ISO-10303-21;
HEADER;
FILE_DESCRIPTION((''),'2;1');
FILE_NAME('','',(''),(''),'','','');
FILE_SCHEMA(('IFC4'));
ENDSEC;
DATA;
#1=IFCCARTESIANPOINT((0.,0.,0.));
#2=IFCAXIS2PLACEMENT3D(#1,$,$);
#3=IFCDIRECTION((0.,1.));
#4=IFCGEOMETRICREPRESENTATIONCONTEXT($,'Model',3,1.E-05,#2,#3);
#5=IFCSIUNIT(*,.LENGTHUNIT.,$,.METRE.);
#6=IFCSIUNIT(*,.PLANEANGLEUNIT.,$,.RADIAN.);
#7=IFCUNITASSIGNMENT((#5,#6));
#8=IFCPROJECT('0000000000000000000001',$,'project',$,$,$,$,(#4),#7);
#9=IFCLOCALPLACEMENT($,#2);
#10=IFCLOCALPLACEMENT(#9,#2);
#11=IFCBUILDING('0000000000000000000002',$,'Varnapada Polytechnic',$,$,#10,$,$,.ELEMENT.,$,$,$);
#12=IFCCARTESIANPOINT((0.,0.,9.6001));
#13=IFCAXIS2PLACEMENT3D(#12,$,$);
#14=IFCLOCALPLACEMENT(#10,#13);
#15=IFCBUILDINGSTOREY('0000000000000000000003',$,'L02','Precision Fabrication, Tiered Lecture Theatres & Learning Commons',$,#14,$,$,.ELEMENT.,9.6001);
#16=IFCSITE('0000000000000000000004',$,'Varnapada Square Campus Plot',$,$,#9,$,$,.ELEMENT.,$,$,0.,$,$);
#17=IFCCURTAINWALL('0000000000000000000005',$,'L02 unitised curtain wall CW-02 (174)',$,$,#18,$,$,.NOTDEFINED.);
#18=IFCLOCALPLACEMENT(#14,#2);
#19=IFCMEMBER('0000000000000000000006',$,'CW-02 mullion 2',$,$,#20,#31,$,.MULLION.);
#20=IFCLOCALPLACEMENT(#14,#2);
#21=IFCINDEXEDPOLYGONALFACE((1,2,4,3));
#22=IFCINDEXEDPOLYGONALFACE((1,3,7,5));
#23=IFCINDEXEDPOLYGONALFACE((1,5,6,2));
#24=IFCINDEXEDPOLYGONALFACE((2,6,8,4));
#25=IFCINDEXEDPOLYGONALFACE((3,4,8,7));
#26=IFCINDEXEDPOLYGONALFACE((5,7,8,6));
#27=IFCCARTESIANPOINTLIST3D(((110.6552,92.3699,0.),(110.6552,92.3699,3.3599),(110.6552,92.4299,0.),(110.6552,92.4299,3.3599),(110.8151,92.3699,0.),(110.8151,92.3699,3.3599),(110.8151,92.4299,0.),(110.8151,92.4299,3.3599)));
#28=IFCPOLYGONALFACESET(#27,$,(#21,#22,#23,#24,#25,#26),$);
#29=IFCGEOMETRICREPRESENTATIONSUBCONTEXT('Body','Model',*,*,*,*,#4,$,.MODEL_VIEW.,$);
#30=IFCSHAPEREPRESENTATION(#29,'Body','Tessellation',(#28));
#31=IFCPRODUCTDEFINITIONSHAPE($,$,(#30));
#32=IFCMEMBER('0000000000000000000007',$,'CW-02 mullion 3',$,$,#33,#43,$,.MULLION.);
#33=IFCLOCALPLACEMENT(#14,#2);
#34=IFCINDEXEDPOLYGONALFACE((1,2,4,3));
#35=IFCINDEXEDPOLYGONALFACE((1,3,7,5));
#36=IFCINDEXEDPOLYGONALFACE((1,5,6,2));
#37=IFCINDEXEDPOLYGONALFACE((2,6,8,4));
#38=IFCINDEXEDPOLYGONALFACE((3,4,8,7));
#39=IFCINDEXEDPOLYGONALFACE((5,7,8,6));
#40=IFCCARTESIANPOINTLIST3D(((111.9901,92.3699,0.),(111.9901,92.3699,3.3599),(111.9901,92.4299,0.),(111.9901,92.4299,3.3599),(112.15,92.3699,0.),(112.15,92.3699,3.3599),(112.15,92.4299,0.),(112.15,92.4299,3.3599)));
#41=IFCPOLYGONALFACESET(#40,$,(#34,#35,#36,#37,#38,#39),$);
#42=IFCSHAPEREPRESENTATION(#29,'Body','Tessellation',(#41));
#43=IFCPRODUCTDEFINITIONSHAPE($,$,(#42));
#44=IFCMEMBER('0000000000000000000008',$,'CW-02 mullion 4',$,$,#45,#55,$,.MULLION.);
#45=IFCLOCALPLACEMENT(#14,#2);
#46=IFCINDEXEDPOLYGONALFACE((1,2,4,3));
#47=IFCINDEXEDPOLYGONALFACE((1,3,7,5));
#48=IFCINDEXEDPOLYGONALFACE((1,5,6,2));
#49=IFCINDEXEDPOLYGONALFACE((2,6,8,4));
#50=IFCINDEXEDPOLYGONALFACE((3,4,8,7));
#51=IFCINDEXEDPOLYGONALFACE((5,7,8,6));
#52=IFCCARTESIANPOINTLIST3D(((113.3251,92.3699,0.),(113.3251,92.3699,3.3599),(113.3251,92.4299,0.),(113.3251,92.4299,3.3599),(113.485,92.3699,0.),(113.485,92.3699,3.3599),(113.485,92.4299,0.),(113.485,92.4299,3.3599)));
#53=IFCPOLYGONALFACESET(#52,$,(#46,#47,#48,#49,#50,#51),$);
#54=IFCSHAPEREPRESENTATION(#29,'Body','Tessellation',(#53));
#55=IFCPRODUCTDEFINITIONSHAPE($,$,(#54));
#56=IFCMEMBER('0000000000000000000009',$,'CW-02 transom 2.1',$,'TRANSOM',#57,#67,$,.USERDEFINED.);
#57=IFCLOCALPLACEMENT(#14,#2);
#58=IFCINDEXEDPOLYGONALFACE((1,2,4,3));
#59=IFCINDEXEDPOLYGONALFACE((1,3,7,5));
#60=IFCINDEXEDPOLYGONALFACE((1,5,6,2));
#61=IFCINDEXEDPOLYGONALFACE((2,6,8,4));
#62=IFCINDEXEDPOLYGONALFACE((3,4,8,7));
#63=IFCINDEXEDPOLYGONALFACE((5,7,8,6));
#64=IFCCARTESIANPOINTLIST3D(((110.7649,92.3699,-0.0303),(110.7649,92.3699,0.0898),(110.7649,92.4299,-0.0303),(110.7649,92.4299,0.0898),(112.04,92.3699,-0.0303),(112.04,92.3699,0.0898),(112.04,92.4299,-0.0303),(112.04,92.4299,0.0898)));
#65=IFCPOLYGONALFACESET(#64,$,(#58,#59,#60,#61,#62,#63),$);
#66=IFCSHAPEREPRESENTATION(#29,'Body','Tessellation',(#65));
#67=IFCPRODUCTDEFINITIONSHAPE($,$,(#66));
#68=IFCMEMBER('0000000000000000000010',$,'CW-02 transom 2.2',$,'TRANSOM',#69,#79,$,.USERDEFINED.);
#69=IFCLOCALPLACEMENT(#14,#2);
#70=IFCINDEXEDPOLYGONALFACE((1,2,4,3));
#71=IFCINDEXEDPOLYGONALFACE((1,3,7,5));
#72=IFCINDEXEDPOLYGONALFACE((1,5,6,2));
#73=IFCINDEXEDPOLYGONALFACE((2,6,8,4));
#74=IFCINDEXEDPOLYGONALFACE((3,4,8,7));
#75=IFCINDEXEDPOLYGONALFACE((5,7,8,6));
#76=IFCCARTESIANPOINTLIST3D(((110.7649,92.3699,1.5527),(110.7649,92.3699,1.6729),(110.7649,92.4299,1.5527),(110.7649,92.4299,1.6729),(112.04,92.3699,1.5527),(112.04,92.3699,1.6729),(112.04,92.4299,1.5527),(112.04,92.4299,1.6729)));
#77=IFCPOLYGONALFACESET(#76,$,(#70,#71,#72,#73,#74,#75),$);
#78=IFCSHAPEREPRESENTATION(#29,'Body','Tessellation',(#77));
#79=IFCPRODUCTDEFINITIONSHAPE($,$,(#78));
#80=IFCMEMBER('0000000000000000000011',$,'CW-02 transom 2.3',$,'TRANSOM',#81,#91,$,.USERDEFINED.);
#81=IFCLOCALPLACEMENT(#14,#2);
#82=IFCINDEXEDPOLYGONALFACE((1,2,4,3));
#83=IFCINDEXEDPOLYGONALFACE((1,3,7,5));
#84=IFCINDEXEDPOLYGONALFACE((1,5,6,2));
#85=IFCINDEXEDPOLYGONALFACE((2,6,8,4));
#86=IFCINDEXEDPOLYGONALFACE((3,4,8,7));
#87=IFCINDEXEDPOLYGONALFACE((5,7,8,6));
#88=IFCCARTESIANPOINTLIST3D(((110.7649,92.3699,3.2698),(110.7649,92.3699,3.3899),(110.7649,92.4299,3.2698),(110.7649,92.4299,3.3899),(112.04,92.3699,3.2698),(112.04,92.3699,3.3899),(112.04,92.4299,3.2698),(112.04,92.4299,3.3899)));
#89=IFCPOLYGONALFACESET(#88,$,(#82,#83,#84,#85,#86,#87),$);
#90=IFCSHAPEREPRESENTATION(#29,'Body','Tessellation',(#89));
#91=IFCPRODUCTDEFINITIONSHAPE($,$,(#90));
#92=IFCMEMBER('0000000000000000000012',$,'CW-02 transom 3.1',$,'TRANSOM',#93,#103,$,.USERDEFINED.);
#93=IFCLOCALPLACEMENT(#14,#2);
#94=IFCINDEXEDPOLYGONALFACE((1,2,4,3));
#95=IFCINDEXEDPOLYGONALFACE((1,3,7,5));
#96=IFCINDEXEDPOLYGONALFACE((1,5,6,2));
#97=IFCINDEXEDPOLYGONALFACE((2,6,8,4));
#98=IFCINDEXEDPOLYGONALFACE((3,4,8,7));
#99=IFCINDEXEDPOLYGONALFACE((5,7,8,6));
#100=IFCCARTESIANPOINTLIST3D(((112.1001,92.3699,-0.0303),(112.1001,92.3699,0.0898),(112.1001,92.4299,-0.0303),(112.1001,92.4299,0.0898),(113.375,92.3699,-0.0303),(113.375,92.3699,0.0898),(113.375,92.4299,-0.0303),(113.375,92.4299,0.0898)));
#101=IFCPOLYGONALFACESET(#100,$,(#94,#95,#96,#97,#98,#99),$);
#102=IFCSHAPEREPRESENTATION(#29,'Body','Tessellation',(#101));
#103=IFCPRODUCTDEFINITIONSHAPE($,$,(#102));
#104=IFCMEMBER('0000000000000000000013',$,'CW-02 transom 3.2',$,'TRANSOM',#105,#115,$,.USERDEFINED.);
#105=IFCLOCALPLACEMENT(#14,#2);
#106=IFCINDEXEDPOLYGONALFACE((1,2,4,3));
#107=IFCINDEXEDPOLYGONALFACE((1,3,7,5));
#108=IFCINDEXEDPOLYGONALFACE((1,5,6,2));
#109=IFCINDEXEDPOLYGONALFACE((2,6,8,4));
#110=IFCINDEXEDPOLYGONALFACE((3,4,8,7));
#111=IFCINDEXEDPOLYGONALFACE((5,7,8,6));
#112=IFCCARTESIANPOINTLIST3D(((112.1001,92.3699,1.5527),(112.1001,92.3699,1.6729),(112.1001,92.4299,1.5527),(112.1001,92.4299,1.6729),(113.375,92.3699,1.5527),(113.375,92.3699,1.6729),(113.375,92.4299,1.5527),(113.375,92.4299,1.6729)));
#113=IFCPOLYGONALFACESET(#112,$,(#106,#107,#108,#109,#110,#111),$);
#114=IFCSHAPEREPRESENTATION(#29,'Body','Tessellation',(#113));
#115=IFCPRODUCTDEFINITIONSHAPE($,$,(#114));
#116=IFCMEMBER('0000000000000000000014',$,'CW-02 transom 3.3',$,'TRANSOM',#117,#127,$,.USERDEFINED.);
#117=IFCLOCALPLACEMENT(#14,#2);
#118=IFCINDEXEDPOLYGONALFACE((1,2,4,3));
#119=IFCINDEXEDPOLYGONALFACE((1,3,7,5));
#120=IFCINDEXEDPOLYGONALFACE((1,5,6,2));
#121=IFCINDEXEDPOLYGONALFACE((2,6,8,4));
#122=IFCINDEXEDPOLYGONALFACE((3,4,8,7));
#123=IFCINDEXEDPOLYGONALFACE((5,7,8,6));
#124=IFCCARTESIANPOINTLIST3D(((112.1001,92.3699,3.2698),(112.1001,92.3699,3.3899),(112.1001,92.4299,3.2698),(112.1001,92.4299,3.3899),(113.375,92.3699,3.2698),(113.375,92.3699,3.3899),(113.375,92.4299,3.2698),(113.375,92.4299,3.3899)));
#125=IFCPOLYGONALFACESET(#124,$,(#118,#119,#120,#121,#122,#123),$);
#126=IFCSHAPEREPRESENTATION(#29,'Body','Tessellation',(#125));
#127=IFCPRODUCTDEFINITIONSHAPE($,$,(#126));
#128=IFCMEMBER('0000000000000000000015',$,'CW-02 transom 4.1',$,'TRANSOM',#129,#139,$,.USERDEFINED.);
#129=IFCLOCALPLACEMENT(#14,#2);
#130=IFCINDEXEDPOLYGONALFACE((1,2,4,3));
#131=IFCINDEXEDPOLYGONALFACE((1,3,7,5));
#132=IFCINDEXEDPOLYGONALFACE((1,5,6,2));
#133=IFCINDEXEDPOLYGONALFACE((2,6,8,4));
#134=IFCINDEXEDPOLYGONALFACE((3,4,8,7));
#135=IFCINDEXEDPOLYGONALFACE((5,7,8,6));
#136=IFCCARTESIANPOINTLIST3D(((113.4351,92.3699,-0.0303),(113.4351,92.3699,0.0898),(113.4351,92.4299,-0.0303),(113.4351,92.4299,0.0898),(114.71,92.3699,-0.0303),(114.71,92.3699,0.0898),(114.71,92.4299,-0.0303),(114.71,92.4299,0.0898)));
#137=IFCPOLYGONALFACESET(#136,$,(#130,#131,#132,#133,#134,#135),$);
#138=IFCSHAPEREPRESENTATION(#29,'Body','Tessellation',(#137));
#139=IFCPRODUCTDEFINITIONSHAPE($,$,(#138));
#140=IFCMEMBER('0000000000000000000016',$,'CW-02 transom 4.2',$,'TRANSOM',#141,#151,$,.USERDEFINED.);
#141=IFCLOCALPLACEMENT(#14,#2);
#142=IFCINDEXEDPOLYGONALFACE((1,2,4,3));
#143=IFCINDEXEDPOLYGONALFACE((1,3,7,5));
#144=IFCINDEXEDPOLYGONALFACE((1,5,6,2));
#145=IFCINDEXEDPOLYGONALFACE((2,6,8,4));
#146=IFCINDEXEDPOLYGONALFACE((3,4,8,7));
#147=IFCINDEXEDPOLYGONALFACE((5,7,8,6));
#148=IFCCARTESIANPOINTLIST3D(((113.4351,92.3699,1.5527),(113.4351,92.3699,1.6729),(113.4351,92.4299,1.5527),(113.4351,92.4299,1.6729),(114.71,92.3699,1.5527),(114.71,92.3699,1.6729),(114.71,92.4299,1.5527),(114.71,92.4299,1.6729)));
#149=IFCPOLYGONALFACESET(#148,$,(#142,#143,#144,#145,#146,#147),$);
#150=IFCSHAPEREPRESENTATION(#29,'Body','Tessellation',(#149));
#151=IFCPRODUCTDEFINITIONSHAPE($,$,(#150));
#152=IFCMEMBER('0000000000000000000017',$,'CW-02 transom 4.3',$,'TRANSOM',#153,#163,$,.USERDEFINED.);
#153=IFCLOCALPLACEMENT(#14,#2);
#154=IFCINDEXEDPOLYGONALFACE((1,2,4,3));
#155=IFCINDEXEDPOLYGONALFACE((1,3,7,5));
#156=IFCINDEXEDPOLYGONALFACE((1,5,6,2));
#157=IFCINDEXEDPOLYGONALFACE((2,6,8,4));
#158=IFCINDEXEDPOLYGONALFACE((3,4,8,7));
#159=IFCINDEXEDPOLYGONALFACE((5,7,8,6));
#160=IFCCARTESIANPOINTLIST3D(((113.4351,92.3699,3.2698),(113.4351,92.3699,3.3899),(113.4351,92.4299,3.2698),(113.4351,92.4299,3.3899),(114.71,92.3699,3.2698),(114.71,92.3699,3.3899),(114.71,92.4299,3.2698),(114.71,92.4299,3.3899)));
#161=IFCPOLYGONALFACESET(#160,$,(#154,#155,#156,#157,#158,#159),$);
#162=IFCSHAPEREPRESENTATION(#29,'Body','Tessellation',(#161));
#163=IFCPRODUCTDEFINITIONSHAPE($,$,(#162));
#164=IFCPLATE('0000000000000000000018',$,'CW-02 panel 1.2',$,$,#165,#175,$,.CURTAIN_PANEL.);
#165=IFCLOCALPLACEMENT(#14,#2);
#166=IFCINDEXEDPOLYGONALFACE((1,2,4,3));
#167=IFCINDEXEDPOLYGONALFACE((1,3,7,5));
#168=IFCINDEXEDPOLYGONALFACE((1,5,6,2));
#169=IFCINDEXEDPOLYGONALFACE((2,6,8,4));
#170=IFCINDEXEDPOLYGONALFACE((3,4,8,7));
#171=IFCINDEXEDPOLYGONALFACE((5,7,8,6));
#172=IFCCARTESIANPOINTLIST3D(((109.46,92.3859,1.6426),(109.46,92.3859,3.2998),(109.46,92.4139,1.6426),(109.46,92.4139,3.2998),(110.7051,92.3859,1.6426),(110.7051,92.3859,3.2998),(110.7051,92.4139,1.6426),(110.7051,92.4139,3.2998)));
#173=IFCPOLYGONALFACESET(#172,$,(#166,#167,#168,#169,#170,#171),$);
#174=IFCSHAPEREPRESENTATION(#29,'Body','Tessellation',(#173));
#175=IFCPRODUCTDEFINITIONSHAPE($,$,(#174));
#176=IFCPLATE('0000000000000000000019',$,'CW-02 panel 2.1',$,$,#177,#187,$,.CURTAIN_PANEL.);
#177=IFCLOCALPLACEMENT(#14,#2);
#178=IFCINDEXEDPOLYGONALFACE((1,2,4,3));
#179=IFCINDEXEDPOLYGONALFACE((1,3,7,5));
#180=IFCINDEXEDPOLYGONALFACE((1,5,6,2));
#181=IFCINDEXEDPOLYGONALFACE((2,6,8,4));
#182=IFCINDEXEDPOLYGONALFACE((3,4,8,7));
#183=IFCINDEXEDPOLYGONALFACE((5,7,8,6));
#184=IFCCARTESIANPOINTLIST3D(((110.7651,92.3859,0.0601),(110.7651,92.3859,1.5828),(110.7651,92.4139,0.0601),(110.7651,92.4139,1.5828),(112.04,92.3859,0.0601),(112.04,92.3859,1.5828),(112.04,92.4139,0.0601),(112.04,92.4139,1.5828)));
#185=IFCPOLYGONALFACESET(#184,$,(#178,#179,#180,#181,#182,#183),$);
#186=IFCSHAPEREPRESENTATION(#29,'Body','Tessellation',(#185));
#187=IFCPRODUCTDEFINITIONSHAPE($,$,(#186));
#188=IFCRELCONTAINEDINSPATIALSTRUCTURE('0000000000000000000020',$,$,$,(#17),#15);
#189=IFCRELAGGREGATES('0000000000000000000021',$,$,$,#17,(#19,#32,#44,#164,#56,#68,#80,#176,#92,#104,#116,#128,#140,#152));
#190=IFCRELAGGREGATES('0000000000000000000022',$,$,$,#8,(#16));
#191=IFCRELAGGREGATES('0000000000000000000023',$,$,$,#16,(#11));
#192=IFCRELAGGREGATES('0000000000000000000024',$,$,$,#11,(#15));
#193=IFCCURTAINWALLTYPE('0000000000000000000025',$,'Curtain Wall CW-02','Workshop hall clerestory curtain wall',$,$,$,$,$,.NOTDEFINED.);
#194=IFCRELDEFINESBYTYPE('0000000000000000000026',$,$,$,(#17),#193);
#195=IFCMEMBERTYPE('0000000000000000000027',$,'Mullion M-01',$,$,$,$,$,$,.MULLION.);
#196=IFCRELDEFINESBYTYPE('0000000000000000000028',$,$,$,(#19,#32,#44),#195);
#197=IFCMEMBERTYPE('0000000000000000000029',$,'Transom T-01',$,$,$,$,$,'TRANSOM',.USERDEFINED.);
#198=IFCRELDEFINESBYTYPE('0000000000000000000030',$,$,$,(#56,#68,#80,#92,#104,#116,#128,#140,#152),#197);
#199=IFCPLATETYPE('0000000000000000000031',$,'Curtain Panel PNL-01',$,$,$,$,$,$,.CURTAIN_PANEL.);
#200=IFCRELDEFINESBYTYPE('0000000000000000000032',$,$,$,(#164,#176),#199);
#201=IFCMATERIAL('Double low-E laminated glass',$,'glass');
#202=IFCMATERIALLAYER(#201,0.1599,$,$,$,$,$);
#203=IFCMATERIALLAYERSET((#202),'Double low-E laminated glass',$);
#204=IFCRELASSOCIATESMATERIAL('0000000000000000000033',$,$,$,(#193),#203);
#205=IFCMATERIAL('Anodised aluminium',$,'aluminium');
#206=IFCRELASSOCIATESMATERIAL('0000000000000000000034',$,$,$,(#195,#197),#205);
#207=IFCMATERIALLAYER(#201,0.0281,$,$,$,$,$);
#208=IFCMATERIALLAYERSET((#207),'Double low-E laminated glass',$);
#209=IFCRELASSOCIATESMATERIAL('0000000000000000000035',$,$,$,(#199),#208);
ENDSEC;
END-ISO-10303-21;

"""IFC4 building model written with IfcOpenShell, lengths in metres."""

from ifc_helpers import new_model, si_unit, direction, frame, origin, origin_2d, place, context, subcontext, project, spatial, rectangle, extrude, material, layer, layer_set, material_profile, profile_set, type_object, element, aggregate, save


model = new_model("IFC4")

# Units and contexts
model_context = context("Model", 3, precision=1e-05, world=origin(), true_north=direction((0.0, 1.0)))
body_context = subcontext(model_context, "Body", "Model", "MODEL_VIEW")
ifc_project = project(units=[si_unit("LENGTHUNIT", "METRE"), si_unit("PLANEANGLEUNIT", "RADIAN")], contexts=[model_context])

# Site, building, storey
site_placement = place(None, origin())
site = spatial("IfcSite", under=ifc_project, at=site_placement, Name="Varnapada Square Campus Plot", CompositionType="ELEMENT", RefElevation=0.0)
building_placement = place(site_placement, origin())
building = spatial("IfcBuilding", under=site, at=building_placement, Name="Varnapada Polytechnic", CompositionType="ELEMENT")
storey_placement = place(building_placement, frame((0.0, 0.0, 9.6001)))
storey = spatial("IfcBuildingStorey", under=building, at=storey_placement, Name="L02", Description="Precision Fabrication, Tiered Lecture Theatres & Learning Commons", CompositionType="ELEMENT", Elevation=9.6001)

# Curtain wall, members, plates
ifc_material_1 = material(Name="Double low-E laminated glass", Category="glass")
ifc_layer_1 = layer(ifc_material_1, 0.1599)
ifc_layer_set_1 = layer_set([ifc_layer_1], Name="Double low-E laminated glass")
curtain_wall_type = type_object("IfcCurtainWallType", Name="Curtain Wall CW-02", Description="Workshop hall clerestory curtain wall", PredefinedType="NOTDEFINED", material=ifc_layer_set_1)
curtain_wall_placement = place(storey_placement, origin())
curtain_wall = element("IfcCurtainWall", 1, at=curtain_wall_placement, inside=storey, type_object=curtain_wall_type, Name="L02 unitised curtain wall CW-02 (174)", PredefinedType="NOTDEFINED")
ifc_material_2 = material(Name="Anodised aluminium", Category="aluminium")
ifc_material_profile_1 = material_profile(ifc_material_2, rectangle(XDim=0.0601, YDim=0.1599, at=origin_2d()), Name="ALU M60x160")
ifc_profile_set_1 = profile_set([ifc_material_profile_1], Name="Anodised aluminium")
member_type_1 = type_object("IfcMemberType", Name="Mullion M-01", PredefinedType="MULLION", material=ifc_profile_set_1)
member_1_placement = place(storey_placement, frame((110.7351, 92.3999, 0.0), z_axis=(0.0, 0.0, 1.0), x_axis=(0.0, 1.0, 0.0)))
member_1 = element("IfcMember", 2, at=member_1_placement, type_object=member_type_1, Name="CW-02 mullion 2", PredefinedType="MULLION", context=body_context, shape_type="SweptSolid", body=[
    extrude(rectangle(XDim=0.0601, YDim=0.1599, at=origin_2d()), origin(), (0.0, 0.0, 1.0), 3.3599),
])
member_2_placement = place(storey_placement, frame((112.0701, 92.3999, 0.0), z_axis=(0.0, 0.0, 1.0), x_axis=(0.0, 1.0, 0.0)))
member_2 = element("IfcMember", 3, at=member_2_placement, type_object=member_type_1, Name="CW-02 mullion 3", PredefinedType="MULLION", context=body_context, shape_type="SweptSolid", body=[
    extrude(rectangle(XDim=0.0601, YDim=0.1599, at=origin_2d()), origin(), (0.0, 0.0, 1.0), 3.3599),
])
member_3_placement = place(storey_placement, frame((113.405, 92.3999, 0.0), z_axis=(0.0, 0.0, 1.0), x_axis=(0.0, 1.0, 0.0)))
member_3 = element("IfcMember", 4, at=member_3_placement, type_object=member_type_1, Name="CW-02 mullion 4", PredefinedType="MULLION", context=body_context, shape_type="SweptSolid", body=[
    extrude(rectangle(XDim=0.0601, YDim=0.1599, at=origin_2d()), origin(), (0.0, 0.0, 1.0), 3.3599),
])
ifc_material_profile_2 = material_profile(ifc_material_2, rectangle(XDim=0.0601, YDim=0.1201, at=origin_2d()), Name="ALU T60x120")
ifc_profile_set_2 = profile_set([ifc_material_profile_2], Name="Anodised aluminium")
member_type_2 = type_object("IfcMemberType", Name="Transom T-01", ElementType="TRANSOM", PredefinedType="USERDEFINED", material=ifc_profile_set_2)
member_4_placement = place(storey_placement, frame((110.7649, 92.3999, 0.0298), z_axis=(1.0, 0.0, 0.0), x_axis=(0.0, 1.0, 0.0)))
member_4 = element("IfcMember", 5, at=member_4_placement, type_object=member_type_2, Name="CW-02 transom 2.1", ObjectType="TRANSOM", PredefinedType="USERDEFINED", context=body_context, shape_type="SweptSolid", body=[
    extrude(rectangle(XDim=0.0601, YDim=0.1201, at=origin_2d()), origin(), (0.0, 0.0, 1.0), 1.2751),
])
member_5_placement = place(storey_placement, frame((110.7649, 92.3999, 1.6128), z_axis=(1.0, 0.0, 0.0), x_axis=(0.0, 1.0, 0.0)))
member_5 = element("IfcMember", 6, at=member_5_placement, type_object=member_type_2, Name="CW-02 transom 2.2", ObjectType="TRANSOM", PredefinedType="USERDEFINED", context=body_context, shape_type="SweptSolid", body=[
    extrude(rectangle(XDim=0.0601, YDim=0.1201, at=origin_2d()), origin(), (0.0, 0.0, 1.0), 1.2751),
])
member_6_placement = place(storey_placement, frame((110.7649, 92.3999, 3.3298), z_axis=(1.0, 0.0, 0.0), x_axis=(0.0, 1.0, 0.0)))
member_6 = element("IfcMember", 7, at=member_6_placement, type_object=member_type_2, Name="CW-02 transom 2.3", ObjectType="TRANSOM", PredefinedType="USERDEFINED", context=body_context, shape_type="SweptSolid", body=[
    extrude(rectangle(XDim=0.0601, YDim=0.1201, at=origin_2d()), origin(), (0.0, 0.0, 1.0), 1.2751),
])
member_7_placement = place(storey_placement, frame((112.1001, 92.3999, 0.0298), z_axis=(1.0, 0.0, 0.0), x_axis=(0.0, 1.0, 0.0)))
member_7 = element("IfcMember", 8, at=member_7_placement, type_object=member_type_2, Name="CW-02 transom 3.1", ObjectType="TRANSOM", PredefinedType="USERDEFINED", context=body_context, shape_type="SweptSolid", body=[
    extrude(rectangle(XDim=0.0601, YDim=0.1201, at=origin_2d()), origin(), (0.0, 0.0, 1.0), 1.2749),
])
member_8_placement = place(storey_placement, frame((112.1001, 92.3999, 1.6128), z_axis=(1.0, 0.0, 0.0), x_axis=(0.0, 1.0, 0.0)))
member_8 = element("IfcMember", 9, at=member_8_placement, type_object=member_type_2, Name="CW-02 transom 3.2", ObjectType="TRANSOM", PredefinedType="USERDEFINED", context=body_context, shape_type="SweptSolid", body=[
    extrude(rectangle(XDim=0.0601, YDim=0.1201, at=origin_2d()), origin(), (0.0, 0.0, 1.0), 1.2749),
])
member_9_placement = place(storey_placement, frame((112.1001, 92.3999, 3.3298), z_axis=(1.0, 0.0, 0.0), x_axis=(0.0, 1.0, 0.0)))
member_9 = element("IfcMember", 10, at=member_9_placement, type_object=member_type_2, Name="CW-02 transom 3.3", ObjectType="TRANSOM", PredefinedType="USERDEFINED", context=body_context, shape_type="SweptSolid", body=[
    extrude(rectangle(XDim=0.0601, YDim=0.1201, at=origin_2d()), origin(), (0.0, 0.0, 1.0), 1.2749),
])
member_10_placement = place(storey_placement, frame((113.4351, 92.3999, 0.0298), z_axis=(1.0, 0.0, 0.0), x_axis=(0.0, 1.0, 0.0)))
member_10 = element("IfcMember", 11, at=member_10_placement, type_object=member_type_2, Name="CW-02 transom 4.1", ObjectType="TRANSOM", PredefinedType="USERDEFINED", context=body_context, shape_type="SweptSolid", body=[
    extrude(rectangle(XDim=0.0601, YDim=0.1201, at=origin_2d()), origin(), (0.0, 0.0, 1.0), 1.2749),
])
member_11_placement = place(storey_placement, frame((113.4351, 92.3999, 1.6128), z_axis=(1.0, 0.0, 0.0), x_axis=(0.0, 1.0, 0.0)))
member_11 = element("IfcMember", 12, at=member_11_placement, type_object=member_type_2, Name="CW-02 transom 4.2", ObjectType="TRANSOM", PredefinedType="USERDEFINED", context=body_context, shape_type="SweptSolid", body=[
    extrude(rectangle(XDim=0.0601, YDim=0.1201, at=origin_2d()), origin(), (0.0, 0.0, 1.0), 1.2749),
])
member_12_placement = place(storey_placement, frame((113.4351, 92.3999, 3.3298), z_axis=(1.0, 0.0, 0.0), x_axis=(0.0, 1.0, 0.0)))
member_12 = element("IfcMember", 13, at=member_12_placement, type_object=member_type_2, Name="CW-02 transom 4.3", ObjectType="TRANSOM", PredefinedType="USERDEFINED", context=body_context, shape_type="SweptSolid", body=[
    extrude(rectangle(XDim=0.0601, YDim=0.1201, at=origin_2d()), origin(), (0.0, 0.0, 1.0), 1.2749),
])
ifc_layer_2 = layer(ifc_material_1, 0.0281)
ifc_layer_set_2 = layer_set([ifc_layer_2], Name="Double low-E laminated glass")
plate_type = type_object("IfcPlateType", Name="Curtain Panel PNL-01", PredefinedType="CURTAIN_PANEL", material=ifc_layer_set_2)
plate_1_placement = place(storey_placement, frame((110.0825, 92.3999, 1.6426), z_axis=(0.0, 0.0, 1.0), x_axis=(1.0, 0.0, 0.0)))
plate_1 = element("IfcPlate", 14, at=plate_1_placement, type_object=plate_type, Name="CW-02 panel 1.2", PredefinedType="CURTAIN_PANEL", context=body_context, shape_type="SweptSolid", body=[
    extrude(rectangle(XDim=1.2451, YDim=0.0281, at=origin_2d()), origin(), (0.0, 0.0, 1.0), 1.6572),
])
plate_2_placement = place(storey_placement, frame((111.4026, 92.3999, 0.0601), z_axis=(0.0, 0.0, 1.0), x_axis=(1.0, 0.0, 0.0)))
plate_2 = element("IfcPlate", 15, at=plate_2_placement, type_object=plate_type, Name="CW-02 panel 2.1", PredefinedType="CURTAIN_PANEL", context=body_context, shape_type="SweptSolid", body=[
    extrude(rectangle(XDim=1.2749, YDim=0.0281, at=origin_2d()), origin(), (0.0, 0.0, 1.0), 1.5227),
])
aggregate(curtain_wall, [member_1, member_2, member_3, plate_1, member_4, member_5, member_6, plate_2, member_7, member_8, member_9, member_10, member_11, member_12])

save(model, "model.ifc")
